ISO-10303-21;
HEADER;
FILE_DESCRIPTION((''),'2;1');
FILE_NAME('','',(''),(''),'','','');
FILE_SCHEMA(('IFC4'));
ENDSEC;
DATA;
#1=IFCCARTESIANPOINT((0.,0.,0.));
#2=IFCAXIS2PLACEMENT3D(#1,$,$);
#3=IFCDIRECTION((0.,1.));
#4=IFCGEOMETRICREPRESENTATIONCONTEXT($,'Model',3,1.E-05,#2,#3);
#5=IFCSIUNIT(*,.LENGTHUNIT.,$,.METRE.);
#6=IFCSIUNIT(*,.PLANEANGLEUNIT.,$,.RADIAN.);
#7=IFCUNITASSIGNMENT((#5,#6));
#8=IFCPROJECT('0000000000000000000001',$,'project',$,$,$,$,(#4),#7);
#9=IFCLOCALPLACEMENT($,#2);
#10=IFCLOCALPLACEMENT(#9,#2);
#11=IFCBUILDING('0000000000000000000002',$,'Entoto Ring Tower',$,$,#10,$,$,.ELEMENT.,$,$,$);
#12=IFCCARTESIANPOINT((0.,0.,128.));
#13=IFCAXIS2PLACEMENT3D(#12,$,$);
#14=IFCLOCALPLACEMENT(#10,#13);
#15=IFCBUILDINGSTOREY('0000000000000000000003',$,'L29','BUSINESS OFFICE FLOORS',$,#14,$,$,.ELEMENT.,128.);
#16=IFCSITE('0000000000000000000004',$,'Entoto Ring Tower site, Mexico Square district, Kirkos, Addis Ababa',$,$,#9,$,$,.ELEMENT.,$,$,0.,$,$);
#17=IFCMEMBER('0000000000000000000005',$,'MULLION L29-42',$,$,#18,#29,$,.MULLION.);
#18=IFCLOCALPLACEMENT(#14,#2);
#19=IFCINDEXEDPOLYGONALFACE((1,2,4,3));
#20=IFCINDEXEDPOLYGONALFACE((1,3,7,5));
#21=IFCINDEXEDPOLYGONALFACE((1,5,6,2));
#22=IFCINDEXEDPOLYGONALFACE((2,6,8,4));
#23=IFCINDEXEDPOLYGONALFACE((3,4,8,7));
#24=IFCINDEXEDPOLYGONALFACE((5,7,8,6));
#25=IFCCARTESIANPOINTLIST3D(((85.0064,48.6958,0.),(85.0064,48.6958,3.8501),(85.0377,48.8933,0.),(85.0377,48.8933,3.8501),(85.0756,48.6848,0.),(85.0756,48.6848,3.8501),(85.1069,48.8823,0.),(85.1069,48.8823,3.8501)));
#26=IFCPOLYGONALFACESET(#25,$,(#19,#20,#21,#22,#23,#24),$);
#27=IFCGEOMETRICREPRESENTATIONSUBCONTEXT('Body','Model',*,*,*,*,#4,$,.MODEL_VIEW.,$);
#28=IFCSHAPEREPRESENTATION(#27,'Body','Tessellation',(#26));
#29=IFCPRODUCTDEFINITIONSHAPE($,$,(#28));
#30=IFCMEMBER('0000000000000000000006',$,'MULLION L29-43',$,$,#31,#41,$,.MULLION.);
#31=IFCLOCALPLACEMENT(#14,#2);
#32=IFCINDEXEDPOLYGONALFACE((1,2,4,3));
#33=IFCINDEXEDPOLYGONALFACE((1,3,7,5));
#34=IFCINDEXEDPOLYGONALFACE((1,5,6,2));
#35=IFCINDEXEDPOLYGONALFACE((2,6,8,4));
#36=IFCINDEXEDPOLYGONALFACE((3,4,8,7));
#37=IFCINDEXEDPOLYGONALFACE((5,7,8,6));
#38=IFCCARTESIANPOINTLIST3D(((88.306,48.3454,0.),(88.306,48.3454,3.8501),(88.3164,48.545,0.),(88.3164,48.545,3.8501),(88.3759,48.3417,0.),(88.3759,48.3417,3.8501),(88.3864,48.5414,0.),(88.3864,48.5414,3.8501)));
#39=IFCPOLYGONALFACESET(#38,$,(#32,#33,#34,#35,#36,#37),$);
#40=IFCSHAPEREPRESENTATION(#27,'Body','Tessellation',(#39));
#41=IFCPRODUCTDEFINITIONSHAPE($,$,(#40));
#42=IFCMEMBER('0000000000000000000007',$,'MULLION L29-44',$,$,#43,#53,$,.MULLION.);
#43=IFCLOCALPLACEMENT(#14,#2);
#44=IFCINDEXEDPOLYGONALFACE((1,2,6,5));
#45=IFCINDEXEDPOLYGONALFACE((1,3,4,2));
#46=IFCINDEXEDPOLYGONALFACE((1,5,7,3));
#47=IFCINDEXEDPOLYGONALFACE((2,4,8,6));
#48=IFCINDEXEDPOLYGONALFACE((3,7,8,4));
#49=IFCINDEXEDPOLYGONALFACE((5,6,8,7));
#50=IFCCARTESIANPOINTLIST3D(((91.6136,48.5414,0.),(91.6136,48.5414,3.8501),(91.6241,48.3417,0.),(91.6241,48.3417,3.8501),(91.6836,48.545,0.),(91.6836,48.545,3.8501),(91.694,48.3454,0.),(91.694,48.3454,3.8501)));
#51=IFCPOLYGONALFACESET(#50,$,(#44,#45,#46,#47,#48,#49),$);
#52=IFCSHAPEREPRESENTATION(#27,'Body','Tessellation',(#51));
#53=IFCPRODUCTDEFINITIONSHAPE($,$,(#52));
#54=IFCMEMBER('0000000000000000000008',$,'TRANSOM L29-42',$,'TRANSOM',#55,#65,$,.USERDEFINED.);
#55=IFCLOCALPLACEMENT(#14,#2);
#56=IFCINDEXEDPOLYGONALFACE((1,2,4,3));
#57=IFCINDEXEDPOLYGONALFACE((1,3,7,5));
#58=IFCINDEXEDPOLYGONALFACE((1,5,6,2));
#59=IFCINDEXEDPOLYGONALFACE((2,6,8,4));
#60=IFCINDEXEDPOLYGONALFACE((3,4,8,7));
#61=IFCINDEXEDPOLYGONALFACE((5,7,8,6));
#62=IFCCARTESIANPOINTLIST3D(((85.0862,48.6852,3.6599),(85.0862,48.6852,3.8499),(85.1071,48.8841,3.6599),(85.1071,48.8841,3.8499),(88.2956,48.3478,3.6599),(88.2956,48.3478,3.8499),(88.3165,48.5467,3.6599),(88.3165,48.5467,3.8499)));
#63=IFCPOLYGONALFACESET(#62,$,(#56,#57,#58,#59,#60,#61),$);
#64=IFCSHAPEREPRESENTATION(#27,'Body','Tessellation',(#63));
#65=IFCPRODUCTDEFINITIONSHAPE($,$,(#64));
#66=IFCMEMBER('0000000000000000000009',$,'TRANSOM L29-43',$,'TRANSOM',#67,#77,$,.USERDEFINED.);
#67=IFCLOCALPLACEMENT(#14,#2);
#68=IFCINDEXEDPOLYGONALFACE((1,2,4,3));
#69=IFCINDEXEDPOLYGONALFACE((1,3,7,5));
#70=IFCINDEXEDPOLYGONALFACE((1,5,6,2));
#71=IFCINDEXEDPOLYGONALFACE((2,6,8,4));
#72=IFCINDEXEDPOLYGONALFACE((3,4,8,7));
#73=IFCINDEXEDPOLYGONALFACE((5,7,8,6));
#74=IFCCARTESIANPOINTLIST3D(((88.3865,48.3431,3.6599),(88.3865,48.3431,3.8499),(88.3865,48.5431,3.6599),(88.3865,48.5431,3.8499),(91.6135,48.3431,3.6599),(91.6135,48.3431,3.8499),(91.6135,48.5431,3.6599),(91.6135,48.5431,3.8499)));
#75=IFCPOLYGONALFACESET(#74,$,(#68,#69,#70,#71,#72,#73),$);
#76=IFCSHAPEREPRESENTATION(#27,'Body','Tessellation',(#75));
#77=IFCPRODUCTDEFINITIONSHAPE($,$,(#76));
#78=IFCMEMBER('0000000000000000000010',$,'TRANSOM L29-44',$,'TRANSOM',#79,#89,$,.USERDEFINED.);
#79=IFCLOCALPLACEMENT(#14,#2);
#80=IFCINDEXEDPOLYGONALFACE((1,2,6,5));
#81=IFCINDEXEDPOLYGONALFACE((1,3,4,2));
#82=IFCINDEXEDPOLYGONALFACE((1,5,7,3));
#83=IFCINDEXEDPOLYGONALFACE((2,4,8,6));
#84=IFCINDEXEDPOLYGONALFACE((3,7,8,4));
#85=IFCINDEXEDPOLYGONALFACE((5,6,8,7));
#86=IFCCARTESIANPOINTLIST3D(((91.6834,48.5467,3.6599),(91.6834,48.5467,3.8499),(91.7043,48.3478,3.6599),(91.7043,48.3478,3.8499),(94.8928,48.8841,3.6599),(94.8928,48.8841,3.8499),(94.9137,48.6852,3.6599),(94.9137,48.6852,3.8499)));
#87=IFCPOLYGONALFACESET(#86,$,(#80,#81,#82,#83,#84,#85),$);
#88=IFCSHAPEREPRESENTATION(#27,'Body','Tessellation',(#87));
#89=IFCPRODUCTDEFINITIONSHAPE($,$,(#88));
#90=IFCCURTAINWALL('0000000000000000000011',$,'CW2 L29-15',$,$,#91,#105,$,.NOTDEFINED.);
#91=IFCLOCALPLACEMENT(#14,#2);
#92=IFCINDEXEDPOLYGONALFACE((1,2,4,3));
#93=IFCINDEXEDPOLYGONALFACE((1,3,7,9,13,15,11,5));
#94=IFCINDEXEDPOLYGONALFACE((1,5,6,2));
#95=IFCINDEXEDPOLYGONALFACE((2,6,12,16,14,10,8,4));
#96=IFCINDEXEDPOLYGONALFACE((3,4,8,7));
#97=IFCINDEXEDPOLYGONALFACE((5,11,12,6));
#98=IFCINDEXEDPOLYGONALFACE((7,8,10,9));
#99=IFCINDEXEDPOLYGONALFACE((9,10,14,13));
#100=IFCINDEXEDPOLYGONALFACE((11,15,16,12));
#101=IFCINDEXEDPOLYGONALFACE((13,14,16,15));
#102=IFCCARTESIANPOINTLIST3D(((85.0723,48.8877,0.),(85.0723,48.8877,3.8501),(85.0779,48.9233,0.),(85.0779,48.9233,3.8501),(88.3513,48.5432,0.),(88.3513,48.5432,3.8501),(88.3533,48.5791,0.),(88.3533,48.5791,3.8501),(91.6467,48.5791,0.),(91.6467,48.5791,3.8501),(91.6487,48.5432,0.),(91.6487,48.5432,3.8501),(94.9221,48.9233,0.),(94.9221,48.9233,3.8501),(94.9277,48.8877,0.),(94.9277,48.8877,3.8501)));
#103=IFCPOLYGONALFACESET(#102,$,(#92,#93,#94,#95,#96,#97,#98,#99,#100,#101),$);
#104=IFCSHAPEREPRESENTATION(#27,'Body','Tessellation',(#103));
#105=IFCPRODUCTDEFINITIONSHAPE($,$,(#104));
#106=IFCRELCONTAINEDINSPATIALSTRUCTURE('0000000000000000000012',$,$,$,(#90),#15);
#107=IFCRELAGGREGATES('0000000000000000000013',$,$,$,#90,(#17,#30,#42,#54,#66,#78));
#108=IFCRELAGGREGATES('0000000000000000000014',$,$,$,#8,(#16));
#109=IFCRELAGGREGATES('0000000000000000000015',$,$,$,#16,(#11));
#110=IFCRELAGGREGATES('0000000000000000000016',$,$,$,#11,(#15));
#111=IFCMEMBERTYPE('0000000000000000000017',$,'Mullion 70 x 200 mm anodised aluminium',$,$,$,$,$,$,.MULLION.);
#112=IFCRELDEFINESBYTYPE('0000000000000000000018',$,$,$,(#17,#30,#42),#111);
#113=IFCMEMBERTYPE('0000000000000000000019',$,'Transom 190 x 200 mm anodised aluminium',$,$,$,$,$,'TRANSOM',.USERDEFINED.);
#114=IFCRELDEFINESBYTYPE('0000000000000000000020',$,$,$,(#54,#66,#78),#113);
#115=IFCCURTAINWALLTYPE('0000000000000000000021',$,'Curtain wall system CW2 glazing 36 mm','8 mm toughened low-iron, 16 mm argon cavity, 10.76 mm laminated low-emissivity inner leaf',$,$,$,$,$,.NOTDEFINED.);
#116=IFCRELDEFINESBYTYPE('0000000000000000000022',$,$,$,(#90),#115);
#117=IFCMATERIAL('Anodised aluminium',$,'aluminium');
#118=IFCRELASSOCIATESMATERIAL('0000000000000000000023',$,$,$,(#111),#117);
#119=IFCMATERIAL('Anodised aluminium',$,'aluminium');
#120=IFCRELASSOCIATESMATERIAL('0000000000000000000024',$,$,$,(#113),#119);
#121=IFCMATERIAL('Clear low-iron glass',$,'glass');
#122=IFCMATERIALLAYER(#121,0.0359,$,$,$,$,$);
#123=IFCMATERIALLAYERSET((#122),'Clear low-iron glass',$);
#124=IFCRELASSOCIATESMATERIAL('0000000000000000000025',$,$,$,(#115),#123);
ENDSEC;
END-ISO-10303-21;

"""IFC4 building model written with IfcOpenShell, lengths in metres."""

from ifc_helpers import new_model, si_unit, direction, frame, origin, origin_2d, place, context, subcontext, project, spatial, polyline, rectangle, outline, extrude, material, layer, layer_set, material_profile, profile_set, type_object, element, aggregate, save


model = new_model("IFC4")

# Units and contexts
model_context = context("Model", 3, precision=1e-05, world=origin(), true_north=direction((0.0, 1.0)))
body_context = subcontext(model_context, "Body", "Model", "MODEL_VIEW")
ifc_project = project(units=[si_unit("LENGTHUNIT", "METRE"), si_unit("PLANEANGLEUNIT", "RADIAN")], contexts=[model_context])

# Members
ifc_material_1 = material(Name="Anodised aluminium", Category="aluminium")
ifc_material_profile_1 = material_profile(ifc_material_1, rectangle(XDim=0.0701, YDim=0.2, at=origin_2d()), Name="Mullion 70 x 200 mm anodised aluminium")
ifc_profile_set_1 = profile_set([ifc_material_profile_1], Name="Anodised aluminium")
member_type_1 = type_object("IfcMemberType", Name="Mullion 70 x 200 mm anodised aluminium", PredefinedType="MULLION", material=ifc_profile_set_1)
site_placement = place(None, origin())
building_placement = place(site_placement, origin())
storey_placement = place(building_placement, frame((0.0, 0.0, 128.0)))
member_1_placement = place(storey_placement, frame((85.0566, 48.7891, 0.0), z_axis=(0.0, 0.0, 1.0), x_axis=(0.987688, -0.156434, 0.0)))
member_1 = element("IfcMember", 1, at=member_1_placement, type_object=member_type_1, Name="MULLION L29-42", PredefinedType="MULLION", context=body_context, shape_type="SweptSolid", body=[
    extrude(rectangle(XDim=0.0701, YDim=0.2, at=origin_2d()), origin(), (0.0, 0.0, 1.0), 3.8501),
])
member_2_placement = place(storey_placement, frame((88.3462, 48.4434, 0.0), z_axis=(0.0, 0.0, 1.0), x_axis=(0.99863, -0.052336, 0.0)))
member_2 = element("IfcMember", 2, at=member_2_placement, type_object=member_type_1, Name="MULLION L29-43", PredefinedType="MULLION", context=body_context, shape_type="SweptSolid", body=[
    extrude(rectangle(XDim=0.0701, YDim=0.2, at=origin_2d()), origin(), (0.0, 0.0, 1.0), 3.8501),
])
member_3_placement = place(storey_placement, frame((91.6538, 48.4434, 0.0), z_axis=(0.0, 0.0, 1.0), x_axis=(0.99863, 0.052336, 0.0)))
member_3 = element("IfcMember", 3, at=member_3_placement, type_object=member_type_1, Name="MULLION L29-44", PredefinedType="MULLION", context=body_context, shape_type="SweptSolid", body=[
    extrude(rectangle(XDim=0.0701, YDim=0.2, at=origin_2d()), origin(), (0.0, 0.0, 1.0), 3.8501),
])
ifc_material_2 = material(Name="Anodised aluminium", Category="aluminium")
ifc_material_profile_2 = material_profile(ifc_material_2, rectangle(XDim=0.2, YDim=0.1899, at=origin_2d()), Name="Transom 190 x 200 mm anodised aluminium")
ifc_profile_set_2 = profile_set([ifc_material_profile_2], Name="Anodised aluminium")
member_type_2 = type_object("IfcMemberType", Name="Transom 190 x 200 mm anodised aluminium", ElementType="TRANSOM", PredefinedType="USERDEFINED", material=ifc_profile_set_2)
member_4_placement = place(storey_placement, frame((85.0967, 48.7847, 3.7549), z_axis=(0.99452, -0.104551, 0.0), x_axis=(0.104551, 0.99452, 0.0)))
member_4 = element("IfcMember", 4, at=member_4_placement, type_object=member_type_2, Name="TRANSOM L29-42", ObjectType="TRANSOM", PredefinedType="USERDEFINED", context=body_context, shape_type="SweptSolid", body=[
    extrude(rectangle(XDim=0.2, YDim=0.1899, at=origin_2d()), origin(), (0.0, 0.0, 1.0), 3.2271),
])
member_5_placement = place(storey_placement, frame((88.3865, 48.4431, 3.7549), z_axis=(1.0, 0.0, 0.0), x_axis=(0.0, 1.0, 0.0)))
member_5 = element("IfcMember", 5, at=member_5_placement, type_object=member_type_2, Name="TRANSOM L29-43", ObjectType="TRANSOM", PredefinedType="USERDEFINED", context=body_context, shape_type="SweptSolid", body=[
    extrude(rectangle(XDim=0.2, YDim=0.1899, at=origin_2d()), origin(), (0.0, 0.0, 1.0), 3.2271),
])
member_6_placement = place(storey_placement, frame((91.6938, 48.4473, 3.7549), z_axis=(0.99452, 0.104551, 0.0), x_axis=(-0.104551, 0.99452, 0.0)))
member_6 = element("IfcMember", 6, at=member_6_placement, type_object=member_type_2, Name="TRANSOM L29-44", ObjectType="TRANSOM", PredefinedType="USERDEFINED", context=body_context, shape_type="SweptSolid", body=[
    extrude(rectangle(XDim=0.2, YDim=0.1899, at=origin_2d()), origin(), (0.0, 0.0, 1.0), 3.2271),
])

# Site, building, storey
site = spatial("IfcSite", under=ifc_project, at=site_placement, Name="Entoto Ring Tower site, Mexico Square district, Kirkos, Addis Ababa", CompositionType="ELEMENT", RefElevation=0.0)
building = spatial("IfcBuilding", under=site, at=building_placement, Name="Entoto Ring Tower", CompositionType="ELEMENT")
storey = spatial("IfcBuildingStorey", under=building, at=storey_placement, Name="L29", Description="BUSINESS OFFICE FLOORS", CompositionType="ELEMENT", Elevation=128.0)

# Curtain wall
ifc_material_3 = material(Name="Clear low-iron glass", Category="glass")
ifc_layer = layer(ifc_material_3, 0.0359)
ifc_layer_set = layer_set([ifc_layer], Name="Clear low-iron glass")
curtain_wall_type = type_object("IfcCurtainWallType", Name="Curtain wall system CW2 glazing 36 mm", Description="8 mm toughened low-iron, 16 mm argon cavity, 10.76 mm laminated low-emissivity inner leaf", PredefinedType="NOTDEFINED", material=ifc_layer_set)
curtain_wall_1_placement = place(storey_placement, origin())
curtain_wall_1 = element("IfcCurtainWall", 7, at=curtain_wall_1_placement, inside=storey, type_object=curtain_wall_type, Name="CW2 L29-15", PredefinedType="NOTDEFINED", context=body_context, shape_type="SweptSolid", body=[
    extrude(outline(polyline([(85.0723, 48.8877), (88.3513, 48.5432), (91.6487, 48.5432), (94.9277, 48.8877), (94.9221, 48.9233), (91.6467, 48.5791), (88.3533, 48.5791), (85.0779, 48.9233), (85.0723, 48.8877)])), origin(), (0.0, 0.0, 1.0), 3.8501),
])
aggregate(curtain_wall_1, [member_1, member_2, member_3, member_4, member_5, member_6])

save(model, "model.ifc")
